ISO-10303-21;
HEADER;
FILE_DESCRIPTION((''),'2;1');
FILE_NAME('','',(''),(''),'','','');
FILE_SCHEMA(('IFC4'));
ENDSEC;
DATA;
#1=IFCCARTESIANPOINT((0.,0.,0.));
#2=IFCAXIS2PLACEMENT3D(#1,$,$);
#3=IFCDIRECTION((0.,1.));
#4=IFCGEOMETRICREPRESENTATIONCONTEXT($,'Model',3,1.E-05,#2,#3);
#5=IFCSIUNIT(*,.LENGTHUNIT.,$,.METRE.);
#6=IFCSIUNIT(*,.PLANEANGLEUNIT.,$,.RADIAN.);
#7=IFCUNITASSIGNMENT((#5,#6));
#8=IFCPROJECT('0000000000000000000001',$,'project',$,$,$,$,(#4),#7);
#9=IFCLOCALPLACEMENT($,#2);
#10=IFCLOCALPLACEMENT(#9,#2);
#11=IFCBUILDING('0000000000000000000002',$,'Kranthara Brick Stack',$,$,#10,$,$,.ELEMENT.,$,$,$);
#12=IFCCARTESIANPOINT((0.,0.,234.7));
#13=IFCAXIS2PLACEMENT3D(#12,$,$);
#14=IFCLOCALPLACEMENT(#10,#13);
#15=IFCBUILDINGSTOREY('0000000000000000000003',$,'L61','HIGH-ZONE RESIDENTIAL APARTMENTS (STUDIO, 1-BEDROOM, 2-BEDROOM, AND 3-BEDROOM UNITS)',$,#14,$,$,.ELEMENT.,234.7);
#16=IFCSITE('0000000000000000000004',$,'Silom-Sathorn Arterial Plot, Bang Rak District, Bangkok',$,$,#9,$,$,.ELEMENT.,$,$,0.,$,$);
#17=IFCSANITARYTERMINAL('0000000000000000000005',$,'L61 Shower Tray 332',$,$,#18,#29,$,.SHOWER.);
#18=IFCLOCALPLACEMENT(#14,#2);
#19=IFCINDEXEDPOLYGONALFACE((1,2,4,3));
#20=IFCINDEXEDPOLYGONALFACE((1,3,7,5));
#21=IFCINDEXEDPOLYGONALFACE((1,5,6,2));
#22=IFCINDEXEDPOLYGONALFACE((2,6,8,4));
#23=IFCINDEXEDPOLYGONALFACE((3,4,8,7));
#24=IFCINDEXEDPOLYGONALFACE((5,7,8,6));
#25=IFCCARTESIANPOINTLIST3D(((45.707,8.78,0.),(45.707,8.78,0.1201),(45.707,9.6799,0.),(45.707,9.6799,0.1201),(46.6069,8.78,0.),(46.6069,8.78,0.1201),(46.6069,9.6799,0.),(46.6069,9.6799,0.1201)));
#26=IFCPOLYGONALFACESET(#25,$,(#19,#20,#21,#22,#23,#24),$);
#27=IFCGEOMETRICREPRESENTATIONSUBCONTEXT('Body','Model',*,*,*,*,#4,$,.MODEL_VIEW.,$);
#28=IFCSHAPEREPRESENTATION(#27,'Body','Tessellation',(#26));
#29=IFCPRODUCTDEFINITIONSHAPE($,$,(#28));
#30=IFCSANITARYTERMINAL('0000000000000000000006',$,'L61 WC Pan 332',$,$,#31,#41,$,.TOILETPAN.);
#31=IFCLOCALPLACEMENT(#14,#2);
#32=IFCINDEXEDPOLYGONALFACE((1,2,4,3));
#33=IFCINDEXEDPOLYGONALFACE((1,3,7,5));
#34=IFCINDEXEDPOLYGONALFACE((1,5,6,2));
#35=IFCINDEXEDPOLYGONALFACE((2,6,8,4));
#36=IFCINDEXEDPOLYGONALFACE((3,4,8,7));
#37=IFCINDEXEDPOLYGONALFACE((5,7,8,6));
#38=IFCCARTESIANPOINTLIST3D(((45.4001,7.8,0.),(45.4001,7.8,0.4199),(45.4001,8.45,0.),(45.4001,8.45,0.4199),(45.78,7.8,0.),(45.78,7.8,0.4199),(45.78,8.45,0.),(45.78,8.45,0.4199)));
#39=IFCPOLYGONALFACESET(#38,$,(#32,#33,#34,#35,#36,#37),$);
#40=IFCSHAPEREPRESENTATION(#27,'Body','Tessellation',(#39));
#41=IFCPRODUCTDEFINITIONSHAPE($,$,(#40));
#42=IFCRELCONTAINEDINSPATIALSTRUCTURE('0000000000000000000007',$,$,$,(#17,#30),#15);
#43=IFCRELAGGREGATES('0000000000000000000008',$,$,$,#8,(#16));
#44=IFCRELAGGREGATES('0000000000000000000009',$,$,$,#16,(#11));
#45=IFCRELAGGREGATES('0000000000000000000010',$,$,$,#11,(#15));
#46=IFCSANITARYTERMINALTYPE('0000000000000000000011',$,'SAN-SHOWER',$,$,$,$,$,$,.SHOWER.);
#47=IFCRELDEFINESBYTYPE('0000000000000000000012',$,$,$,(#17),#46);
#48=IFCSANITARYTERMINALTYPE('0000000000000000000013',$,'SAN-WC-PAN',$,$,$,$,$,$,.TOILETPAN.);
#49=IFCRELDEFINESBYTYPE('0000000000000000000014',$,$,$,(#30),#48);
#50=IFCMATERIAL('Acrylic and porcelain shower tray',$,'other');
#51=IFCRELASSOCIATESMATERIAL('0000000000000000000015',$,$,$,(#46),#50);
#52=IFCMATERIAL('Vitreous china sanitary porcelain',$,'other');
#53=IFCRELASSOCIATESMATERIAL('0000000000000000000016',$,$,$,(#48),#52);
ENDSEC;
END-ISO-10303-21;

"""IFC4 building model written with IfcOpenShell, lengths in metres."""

from ifc_helpers import new_model, si_unit, direction, frame, origin, origin_2d, place, context, subcontext, project, spatial, rectangle, extrude, material, type_object, element, save


model = new_model("IFC4")

# Units and contexts
model_context = context("Model", 3, precision=1e-05, world=origin(), true_north=direction((0.0, 1.0)))
body_context = subcontext(model_context, "Body", "Model", "MODEL_VIEW")
ifc_project = project(units=[si_unit("LENGTHUNIT", "METRE"), si_unit("PLANEANGLEUNIT", "RADIAN")], contexts=[model_context])

# Site, building, storey
site_placement = place(None, origin())
site = spatial("IfcSite", under=ifc_project, at=site_placement, Name="Silom-Sathorn Arterial Plot, Bang Rak District, Bangkok", CompositionType="ELEMENT", RefElevation=0.0)
building_placement = place(site_placement, origin())
building = spatial("IfcBuilding", under=site, at=building_placement, Name="Kranthara Brick Stack", CompositionType="ELEMENT")
storey_placement = place(building_placement, frame((0.0, 0.0, 234.7)))
storey = spatial("IfcBuildingStorey", under=building, at=storey_placement, Name="L61", Description="HIGH-ZONE RESIDENTIAL APARTMENTS (STUDIO, 1-BEDROOM, 2-BEDROOM, AND 3-BEDROOM UNITS)", CompositionType="ELEMENT", Elevation=234.7)

# Sanitary terminals
ifc_material_1 = material(Name="Acrylic and porcelain shower tray", Category="other")
sanitary_terminal_type_1 = type_object("IfcSanitaryTerminalType", Name="SAN-SHOWER", PredefinedType="SHOWER", material=ifc_material_1)
sanitary_terminal_1_placement = place(storey_placement, frame((46.157, 9.23, 0.0), z_axis=(0.0, 0.0, 1.0), x_axis=(1.0, 0.0, 0.0)))
element("IfcSanitaryTerminal", 1, at=sanitary_terminal_1_placement, inside=storey, type_object=sanitary_terminal_type_1, Name="L61 Shower Tray 332", PredefinedType="SHOWER", context=body_context, shape_type="SweptSolid", body=[
    extrude(rectangle(XDim=0.8999, YDim=0.8999, at=origin_2d()), origin(), (0.0, 0.0, 1.0), 0.1201),
])
ifc_material_2 = material(Name="Vitreous china sanitary porcelain", Category="other")
sanitary_terminal_type_2 = type_object("IfcSanitaryTerminalType", Name="SAN-WC-PAN", PredefinedType="TOILETPAN", material=ifc_material_2)
sanitary_terminal_2_placement = place(storey_placement, frame((45.5901, 8.125, 0.0), z_axis=(0.0, 0.0, 1.0), x_axis=(1.0, 0.0, 0.0)))
element("IfcSanitaryTerminal", 2, at=sanitary_terminal_2_placement, inside=storey, type_object=sanitary_terminal_type_2, Name="L61 WC Pan 332", PredefinedType="TOILETPAN", context=body_context, shape_type="SweptSolid", body=[
    extrude(rectangle(XDim=0.3799, YDim=0.6499, at=origin_2d()), origin(), (0.0, 0.0, 1.0), 0.4199),
])

save(model, "model.ifc")
